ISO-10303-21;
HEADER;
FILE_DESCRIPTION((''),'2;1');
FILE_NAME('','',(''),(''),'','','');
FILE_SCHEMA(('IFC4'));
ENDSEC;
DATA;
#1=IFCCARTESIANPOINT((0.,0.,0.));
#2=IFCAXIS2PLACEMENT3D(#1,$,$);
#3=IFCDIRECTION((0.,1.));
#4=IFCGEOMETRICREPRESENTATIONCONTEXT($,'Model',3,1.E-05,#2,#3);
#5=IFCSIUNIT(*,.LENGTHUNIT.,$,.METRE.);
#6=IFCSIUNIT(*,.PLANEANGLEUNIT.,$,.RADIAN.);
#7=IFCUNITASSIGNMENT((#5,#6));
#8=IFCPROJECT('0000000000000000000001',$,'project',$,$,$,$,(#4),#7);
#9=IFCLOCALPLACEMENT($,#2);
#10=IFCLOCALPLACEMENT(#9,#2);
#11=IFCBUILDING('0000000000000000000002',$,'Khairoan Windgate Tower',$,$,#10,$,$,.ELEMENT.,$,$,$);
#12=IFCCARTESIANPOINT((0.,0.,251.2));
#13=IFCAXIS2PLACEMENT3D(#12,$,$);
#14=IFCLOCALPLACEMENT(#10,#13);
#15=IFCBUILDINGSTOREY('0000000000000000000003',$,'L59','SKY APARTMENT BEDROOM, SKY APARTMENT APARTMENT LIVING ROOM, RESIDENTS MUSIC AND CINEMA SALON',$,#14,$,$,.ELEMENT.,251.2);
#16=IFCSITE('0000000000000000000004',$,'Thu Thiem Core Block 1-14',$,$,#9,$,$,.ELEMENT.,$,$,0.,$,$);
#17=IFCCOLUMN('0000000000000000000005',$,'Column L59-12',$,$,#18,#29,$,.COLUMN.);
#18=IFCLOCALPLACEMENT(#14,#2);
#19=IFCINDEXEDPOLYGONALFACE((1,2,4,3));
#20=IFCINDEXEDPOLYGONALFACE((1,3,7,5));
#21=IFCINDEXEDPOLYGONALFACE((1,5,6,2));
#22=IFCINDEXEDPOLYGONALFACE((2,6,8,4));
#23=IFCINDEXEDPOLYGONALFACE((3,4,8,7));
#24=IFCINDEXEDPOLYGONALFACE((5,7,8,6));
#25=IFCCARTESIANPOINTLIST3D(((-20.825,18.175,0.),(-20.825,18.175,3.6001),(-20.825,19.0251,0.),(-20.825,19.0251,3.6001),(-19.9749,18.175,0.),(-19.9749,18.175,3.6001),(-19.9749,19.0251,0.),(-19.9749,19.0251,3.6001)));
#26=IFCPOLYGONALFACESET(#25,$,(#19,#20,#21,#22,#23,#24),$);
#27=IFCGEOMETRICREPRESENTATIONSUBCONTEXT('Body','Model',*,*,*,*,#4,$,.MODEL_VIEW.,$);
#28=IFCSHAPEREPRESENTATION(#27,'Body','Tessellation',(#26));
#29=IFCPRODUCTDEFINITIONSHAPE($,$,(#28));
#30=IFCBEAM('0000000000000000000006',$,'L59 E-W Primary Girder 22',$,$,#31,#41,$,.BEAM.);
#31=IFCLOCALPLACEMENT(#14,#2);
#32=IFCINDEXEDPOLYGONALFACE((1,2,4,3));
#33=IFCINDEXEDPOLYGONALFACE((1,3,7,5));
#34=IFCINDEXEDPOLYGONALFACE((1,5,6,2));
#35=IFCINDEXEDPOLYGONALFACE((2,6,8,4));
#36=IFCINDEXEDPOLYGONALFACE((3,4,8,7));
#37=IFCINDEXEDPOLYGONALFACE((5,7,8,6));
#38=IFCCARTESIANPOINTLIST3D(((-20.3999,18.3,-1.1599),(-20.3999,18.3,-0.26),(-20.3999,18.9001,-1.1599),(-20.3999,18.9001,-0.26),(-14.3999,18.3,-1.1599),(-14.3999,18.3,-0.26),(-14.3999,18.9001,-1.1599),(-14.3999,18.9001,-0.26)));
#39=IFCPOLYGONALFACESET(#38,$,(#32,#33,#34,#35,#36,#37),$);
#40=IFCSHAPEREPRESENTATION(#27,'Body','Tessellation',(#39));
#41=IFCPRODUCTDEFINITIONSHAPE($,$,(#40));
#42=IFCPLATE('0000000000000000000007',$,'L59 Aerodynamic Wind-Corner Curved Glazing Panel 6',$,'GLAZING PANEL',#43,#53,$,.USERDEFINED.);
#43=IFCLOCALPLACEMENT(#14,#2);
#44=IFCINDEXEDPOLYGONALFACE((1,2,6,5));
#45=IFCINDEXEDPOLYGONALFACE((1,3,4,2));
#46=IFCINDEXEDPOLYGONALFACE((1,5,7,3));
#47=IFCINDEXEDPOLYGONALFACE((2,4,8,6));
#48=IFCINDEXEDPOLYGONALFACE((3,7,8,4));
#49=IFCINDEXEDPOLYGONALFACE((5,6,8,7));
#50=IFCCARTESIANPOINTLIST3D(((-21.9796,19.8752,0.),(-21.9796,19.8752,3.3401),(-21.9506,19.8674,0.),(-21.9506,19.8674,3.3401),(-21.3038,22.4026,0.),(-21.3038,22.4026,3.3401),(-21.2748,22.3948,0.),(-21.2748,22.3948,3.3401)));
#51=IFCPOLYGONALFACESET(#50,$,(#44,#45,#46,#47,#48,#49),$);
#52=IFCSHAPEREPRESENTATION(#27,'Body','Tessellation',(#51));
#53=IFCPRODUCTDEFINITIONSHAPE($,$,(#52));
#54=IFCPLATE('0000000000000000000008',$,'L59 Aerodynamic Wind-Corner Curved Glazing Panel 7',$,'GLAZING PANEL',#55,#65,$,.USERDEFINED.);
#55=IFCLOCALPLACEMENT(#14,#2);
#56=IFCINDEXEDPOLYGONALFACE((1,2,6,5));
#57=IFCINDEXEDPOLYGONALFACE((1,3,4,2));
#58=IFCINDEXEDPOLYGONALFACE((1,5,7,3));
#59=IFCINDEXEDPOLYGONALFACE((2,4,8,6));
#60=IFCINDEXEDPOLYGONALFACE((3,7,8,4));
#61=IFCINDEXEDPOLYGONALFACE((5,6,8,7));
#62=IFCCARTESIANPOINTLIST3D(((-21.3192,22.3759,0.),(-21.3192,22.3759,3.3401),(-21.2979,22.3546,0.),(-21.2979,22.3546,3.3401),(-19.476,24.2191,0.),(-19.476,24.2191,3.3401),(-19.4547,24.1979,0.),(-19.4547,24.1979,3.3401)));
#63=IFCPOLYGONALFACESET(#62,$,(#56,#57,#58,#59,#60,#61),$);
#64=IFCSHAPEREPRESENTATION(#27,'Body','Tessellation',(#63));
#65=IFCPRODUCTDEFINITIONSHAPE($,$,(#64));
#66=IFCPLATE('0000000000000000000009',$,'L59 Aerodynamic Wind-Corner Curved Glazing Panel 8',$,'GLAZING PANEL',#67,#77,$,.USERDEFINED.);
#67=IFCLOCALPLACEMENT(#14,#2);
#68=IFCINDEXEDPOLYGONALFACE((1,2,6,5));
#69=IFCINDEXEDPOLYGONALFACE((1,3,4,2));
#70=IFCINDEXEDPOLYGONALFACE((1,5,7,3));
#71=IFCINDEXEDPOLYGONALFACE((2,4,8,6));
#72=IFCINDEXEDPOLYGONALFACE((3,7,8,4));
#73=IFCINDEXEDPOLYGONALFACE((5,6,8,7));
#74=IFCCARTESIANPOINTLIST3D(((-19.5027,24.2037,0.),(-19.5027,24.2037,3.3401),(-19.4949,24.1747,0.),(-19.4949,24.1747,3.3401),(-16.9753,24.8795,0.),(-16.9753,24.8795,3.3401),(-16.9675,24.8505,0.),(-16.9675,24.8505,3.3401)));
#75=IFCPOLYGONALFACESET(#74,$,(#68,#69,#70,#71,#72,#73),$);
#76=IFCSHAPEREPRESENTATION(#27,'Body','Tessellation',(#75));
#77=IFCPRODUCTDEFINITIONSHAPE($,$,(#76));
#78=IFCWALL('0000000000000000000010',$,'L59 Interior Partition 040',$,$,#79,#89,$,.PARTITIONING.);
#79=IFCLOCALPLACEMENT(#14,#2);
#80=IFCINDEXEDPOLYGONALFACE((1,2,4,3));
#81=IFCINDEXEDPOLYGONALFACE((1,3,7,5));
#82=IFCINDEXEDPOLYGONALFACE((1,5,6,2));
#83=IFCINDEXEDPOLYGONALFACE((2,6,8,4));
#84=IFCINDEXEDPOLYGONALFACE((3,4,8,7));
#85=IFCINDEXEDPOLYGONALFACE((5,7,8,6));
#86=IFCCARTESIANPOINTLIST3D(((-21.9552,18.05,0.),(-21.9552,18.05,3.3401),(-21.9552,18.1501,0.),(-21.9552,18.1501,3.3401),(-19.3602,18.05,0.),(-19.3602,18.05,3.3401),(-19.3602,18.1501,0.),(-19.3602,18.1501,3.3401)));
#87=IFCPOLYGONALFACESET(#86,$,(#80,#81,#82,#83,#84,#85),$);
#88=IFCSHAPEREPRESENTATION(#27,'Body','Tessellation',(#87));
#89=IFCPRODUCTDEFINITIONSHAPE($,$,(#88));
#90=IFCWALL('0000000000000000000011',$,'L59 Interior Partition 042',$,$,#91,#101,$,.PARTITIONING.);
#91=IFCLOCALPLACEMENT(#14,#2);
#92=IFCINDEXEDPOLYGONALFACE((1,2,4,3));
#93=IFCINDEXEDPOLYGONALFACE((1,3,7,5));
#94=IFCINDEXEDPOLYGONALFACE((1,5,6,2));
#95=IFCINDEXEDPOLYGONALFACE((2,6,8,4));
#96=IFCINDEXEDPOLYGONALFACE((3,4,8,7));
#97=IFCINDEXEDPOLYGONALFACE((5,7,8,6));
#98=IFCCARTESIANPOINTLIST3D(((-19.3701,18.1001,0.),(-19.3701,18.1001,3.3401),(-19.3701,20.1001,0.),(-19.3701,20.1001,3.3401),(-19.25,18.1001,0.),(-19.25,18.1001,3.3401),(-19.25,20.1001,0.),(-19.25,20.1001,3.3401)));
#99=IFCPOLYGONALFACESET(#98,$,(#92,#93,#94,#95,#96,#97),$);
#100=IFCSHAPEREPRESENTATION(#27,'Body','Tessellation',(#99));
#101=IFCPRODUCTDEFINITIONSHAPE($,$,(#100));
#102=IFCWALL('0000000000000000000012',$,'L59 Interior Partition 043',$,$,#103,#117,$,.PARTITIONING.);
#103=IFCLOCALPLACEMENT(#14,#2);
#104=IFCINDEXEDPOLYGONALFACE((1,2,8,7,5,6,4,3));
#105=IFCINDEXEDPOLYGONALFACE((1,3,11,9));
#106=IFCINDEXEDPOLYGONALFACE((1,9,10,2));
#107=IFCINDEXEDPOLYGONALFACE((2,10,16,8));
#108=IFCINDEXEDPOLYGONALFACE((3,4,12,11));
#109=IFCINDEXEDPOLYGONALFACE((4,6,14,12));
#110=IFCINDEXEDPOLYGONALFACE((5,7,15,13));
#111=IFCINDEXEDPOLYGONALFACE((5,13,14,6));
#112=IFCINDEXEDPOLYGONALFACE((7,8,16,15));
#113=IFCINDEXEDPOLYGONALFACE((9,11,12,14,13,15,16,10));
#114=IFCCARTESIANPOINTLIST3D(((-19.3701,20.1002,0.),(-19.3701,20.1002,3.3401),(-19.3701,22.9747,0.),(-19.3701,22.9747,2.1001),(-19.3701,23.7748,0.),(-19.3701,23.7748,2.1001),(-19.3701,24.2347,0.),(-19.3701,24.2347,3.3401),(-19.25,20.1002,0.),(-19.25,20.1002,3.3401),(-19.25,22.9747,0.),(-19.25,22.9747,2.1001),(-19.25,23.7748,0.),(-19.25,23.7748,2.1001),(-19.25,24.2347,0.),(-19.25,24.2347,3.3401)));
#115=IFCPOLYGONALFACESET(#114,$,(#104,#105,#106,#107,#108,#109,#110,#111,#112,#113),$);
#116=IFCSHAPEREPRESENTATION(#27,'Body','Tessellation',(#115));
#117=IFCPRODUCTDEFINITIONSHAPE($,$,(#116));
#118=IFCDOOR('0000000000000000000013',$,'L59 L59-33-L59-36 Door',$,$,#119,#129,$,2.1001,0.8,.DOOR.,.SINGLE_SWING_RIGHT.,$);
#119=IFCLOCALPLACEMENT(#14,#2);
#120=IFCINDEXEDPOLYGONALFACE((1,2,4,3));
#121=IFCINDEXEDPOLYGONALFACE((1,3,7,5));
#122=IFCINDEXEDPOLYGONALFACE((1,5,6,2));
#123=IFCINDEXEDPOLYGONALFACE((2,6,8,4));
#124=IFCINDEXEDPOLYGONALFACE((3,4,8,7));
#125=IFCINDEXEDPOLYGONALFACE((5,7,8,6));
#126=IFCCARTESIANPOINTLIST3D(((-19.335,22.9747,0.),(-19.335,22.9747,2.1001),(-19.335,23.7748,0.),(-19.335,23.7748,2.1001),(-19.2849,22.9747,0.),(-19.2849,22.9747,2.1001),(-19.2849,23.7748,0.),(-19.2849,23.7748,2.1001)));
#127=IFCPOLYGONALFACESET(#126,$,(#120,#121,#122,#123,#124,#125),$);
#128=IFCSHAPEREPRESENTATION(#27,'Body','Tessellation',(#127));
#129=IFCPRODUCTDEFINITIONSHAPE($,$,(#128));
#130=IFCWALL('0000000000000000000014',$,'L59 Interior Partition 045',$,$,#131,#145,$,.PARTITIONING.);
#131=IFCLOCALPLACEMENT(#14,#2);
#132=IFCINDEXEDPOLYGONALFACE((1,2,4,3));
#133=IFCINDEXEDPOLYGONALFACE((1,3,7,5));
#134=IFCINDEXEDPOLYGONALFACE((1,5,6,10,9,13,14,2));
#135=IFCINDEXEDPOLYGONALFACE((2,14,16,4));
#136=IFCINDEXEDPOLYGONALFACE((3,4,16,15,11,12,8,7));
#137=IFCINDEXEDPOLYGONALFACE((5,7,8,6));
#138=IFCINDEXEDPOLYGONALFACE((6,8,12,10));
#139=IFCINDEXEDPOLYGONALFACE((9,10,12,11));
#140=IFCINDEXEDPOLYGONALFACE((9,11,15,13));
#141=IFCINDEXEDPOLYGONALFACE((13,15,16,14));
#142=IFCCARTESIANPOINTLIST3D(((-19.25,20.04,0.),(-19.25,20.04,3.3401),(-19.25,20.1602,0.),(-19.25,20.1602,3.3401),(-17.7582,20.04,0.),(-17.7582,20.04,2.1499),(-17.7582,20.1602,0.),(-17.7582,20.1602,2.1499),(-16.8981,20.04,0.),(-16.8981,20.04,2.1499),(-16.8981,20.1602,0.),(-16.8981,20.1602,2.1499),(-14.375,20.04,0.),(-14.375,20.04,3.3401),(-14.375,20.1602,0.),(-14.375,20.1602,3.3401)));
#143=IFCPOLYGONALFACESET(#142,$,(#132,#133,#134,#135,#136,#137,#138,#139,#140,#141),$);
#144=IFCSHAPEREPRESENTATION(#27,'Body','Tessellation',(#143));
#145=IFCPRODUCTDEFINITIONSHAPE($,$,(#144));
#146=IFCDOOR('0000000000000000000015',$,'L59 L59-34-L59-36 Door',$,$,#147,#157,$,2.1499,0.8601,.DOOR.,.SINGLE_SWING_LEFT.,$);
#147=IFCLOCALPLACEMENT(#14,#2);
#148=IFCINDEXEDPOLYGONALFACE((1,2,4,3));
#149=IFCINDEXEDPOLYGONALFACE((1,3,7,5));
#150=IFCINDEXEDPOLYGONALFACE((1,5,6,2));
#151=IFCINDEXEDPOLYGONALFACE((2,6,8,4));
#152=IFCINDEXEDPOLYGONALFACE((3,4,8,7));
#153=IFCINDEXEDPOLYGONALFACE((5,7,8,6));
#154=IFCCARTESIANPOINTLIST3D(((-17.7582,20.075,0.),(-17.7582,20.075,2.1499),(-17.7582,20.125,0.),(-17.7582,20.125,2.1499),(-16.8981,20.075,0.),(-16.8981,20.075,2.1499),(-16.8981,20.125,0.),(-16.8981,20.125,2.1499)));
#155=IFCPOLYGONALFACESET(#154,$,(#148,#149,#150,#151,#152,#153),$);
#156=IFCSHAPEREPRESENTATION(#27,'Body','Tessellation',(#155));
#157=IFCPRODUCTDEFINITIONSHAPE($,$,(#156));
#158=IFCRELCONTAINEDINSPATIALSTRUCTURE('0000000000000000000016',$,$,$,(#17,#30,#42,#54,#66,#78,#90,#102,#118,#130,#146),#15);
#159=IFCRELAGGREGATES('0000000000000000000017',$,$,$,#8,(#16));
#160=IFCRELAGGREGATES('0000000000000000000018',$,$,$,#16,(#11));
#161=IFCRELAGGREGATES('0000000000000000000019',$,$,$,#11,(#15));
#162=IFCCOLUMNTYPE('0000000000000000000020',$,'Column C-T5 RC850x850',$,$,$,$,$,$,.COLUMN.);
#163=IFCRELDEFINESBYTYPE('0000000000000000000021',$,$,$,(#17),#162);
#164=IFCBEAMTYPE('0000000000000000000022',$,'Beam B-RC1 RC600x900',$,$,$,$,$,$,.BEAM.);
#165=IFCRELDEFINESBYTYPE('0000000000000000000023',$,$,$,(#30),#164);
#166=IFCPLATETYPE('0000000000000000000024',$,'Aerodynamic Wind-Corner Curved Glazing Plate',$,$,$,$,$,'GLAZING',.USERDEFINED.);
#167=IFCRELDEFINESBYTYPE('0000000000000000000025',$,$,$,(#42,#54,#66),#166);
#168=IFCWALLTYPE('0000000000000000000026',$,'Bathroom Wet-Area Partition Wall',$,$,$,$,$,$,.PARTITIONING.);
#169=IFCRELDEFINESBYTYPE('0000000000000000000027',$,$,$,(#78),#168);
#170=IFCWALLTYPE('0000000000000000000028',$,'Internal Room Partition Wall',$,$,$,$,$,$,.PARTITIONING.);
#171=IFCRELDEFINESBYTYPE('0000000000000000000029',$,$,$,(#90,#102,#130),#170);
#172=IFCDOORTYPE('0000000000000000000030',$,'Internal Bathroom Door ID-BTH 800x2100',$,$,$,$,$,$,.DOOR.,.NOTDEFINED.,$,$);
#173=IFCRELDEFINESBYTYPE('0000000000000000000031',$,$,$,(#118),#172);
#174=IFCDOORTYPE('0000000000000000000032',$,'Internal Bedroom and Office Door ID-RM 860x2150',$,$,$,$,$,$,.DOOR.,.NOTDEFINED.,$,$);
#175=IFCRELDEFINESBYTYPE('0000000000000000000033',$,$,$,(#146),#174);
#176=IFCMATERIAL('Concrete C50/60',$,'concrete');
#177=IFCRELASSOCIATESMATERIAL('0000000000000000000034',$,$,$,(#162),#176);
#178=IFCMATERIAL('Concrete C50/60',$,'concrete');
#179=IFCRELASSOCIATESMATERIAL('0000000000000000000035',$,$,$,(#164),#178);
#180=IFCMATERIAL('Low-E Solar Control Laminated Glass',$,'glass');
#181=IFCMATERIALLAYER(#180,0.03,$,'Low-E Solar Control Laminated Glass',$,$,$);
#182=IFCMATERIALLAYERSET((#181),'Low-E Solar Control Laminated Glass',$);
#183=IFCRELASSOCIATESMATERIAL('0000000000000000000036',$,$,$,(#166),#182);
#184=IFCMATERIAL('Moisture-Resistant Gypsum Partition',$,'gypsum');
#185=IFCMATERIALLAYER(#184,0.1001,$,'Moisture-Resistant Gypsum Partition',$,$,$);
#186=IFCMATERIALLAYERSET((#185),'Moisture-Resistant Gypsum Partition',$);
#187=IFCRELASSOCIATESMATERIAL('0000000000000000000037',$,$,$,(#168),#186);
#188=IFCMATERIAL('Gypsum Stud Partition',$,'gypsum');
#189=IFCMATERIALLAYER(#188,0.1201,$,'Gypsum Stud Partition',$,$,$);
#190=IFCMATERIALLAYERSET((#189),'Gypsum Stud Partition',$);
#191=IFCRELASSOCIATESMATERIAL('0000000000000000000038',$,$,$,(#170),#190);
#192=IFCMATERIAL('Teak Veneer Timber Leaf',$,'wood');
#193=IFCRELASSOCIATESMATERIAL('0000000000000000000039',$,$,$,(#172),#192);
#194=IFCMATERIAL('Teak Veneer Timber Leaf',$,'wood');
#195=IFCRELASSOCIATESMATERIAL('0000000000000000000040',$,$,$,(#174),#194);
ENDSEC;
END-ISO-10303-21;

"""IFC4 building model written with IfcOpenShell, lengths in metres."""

from ifc_helpers import new_model, si_unit, direction, frame, frame_2d, origin, origin_2d, place, context, subcontext, project, spatial, rectangle, extrude, material, layer, layer_set, material_profile, profile_set, type_object, element, fill, save


model = new_model("IFC4")

# Units and contexts
model_context = context("Model", 3, precision=1e-05, world=origin(), true_north=direction((0.0, 1.0)))
body_context = subcontext(model_context, "Body", "Model", "MODEL_VIEW")
ifc_project = project(units=[si_unit("LENGTHUNIT", "METRE"), si_unit("PLANEANGLEUNIT", "RADIAN")], contexts=[model_context])

# Site, building, storey
site_placement = place(None, origin())
site = spatial("IfcSite", under=ifc_project, at=site_placement, Name="Thu Thiem Core Block 1-14", CompositionType="ELEMENT", RefElevation=0.0)
building_placement = place(site_placement, origin())
building = spatial("IfcBuilding", under=site, at=building_placement, Name="Khairoan Windgate Tower", CompositionType="ELEMENT")
storey_placement = place(building_placement, frame((0.0, 0.0, 251.2)))
storey = spatial("IfcBuildingStorey", under=building, at=storey_placement, Name="L59", Description="SKY APARTMENT BEDROOM, SKY APARTMENT APARTMENT LIVING ROOM, RESIDENTS MUSIC AND CINEMA SALON", CompositionType="ELEMENT", Elevation=251.2)

# Column
ifc_material_1 = material(Name="Concrete C50/60", Category="concrete")
ifc_material_profile_1 = material_profile(ifc_material_1, rectangle(XDim=0.8501, YDim=0.8501, at=origin_2d()))
ifc_profile_set_1 = profile_set([ifc_material_profile_1], Name="Concrete C50/60")
column_type = type_object("IfcColumnType", Name="Column C-T5 RC850x850", PredefinedType="COLUMN", material=ifc_profile_set_1)
column_placement = place(storey_placement, frame((-20.3999, 18.6001, 0.0), z_axis=(0.0, 0.0, 1.0), x_axis=(1.0, 0.0, 0.0)))
element("IfcColumn", 1, at=column_placement, inside=storey, type_object=column_type, Name="Column L59-12", PredefinedType="COLUMN", context=body_context, shape_type="SweptSolid", body=[
    extrude(rectangle(XDim=0.8501, YDim=0.8501, at=origin_2d()), origin(), (0.0, 0.0, 1.0), 3.6001),
])

# Beam
ifc_material_2 = material(Name="Concrete C50/60", Category="concrete")
ifc_material_profile_2 = material_profile(ifc_material_2, rectangle(XDim=0.6001, YDim=0.8999, at=origin_2d()))
ifc_profile_set_2 = profile_set([ifc_material_profile_2], Name="Concrete C50/60")
beam_type = type_object("IfcBeamType", Name="Beam B-RC1 RC600x900", PredefinedType="BEAM", material=ifc_profile_set_2)
beam_placement = place(storey_placement, frame((-20.3999, 18.6001, -0.71), z_axis=(1.0, 0.0, 0.0), x_axis=(0.0, 1.0, 0.0)))
element("IfcBeam", 2, at=beam_placement, inside=storey, type_object=beam_type, Name="L59 E-W Primary Girder 22", PredefinedType="BEAM", context=body_context, shape_type="SweptSolid", body=[
    extrude(rectangle(XDim=0.6001, YDim=0.8999, at=origin_2d()), origin(), (0.0, 0.0, 1.0), 6.0),
])

# Plates
ifc_material_3 = material(Name="Low-E Solar Control Laminated Glass", Category="glass")
ifc_layer_1 = layer(ifc_material_3, 0.03, Name="Low-E Solar Control Laminated Glass")
ifc_layer_set_1 = layer_set([ifc_layer_1], Name="Low-E Solar Control Laminated Glass")
plate_type_1 = type_object("IfcPlateType", Name="Aerodynamic Wind-Corner Curved Glazing Plate", ElementType="GLAZING", PredefinedType="USERDEFINED", material=ifc_layer_set_1)
plate_1_placement = place(storey_placement, frame((-21.6272, 21.135, 0.0), z_axis=(0.0, 0.0, 1.0), x_axis=(0.258313, 0.966061, 0.0)))
element("IfcPlate", 3, at=plate_1_placement, inside=storey, type_object=plate_type_1, Name="L59 Aerodynamic Wind-Corner Curved Glazing Panel 6", ObjectType="GLAZING PANEL", PredefinedType="USERDEFINED", context=body_context, shape_type="SweptSolid", body=[
    extrude(rectangle(XDim=2.6162, YDim=0.03, at=origin_2d()), origin(), (0.0, 0.0, 1.0), 3.3401),
])
plate_2_placement = place(storey_placement, frame((-20.387, 23.2869, 0.0), z_axis=(0.0, 0.0, 1.0), x_axis=(0.707107, 0.707107, 0.0)))
element("IfcPlate", 4, at=plate_2_placement, inside=storey, type_object=plate_type_1, Name="L59 Aerodynamic Wind-Corner Curved Glazing Panel 7", ObjectType="GLAZING PANEL", PredefinedType="USERDEFINED", context=body_context, shape_type="SweptSolid", body=[
    extrude(rectangle(XDim=2.6067, YDim=0.03, at=origin_2d()), origin(), (0.0, 0.0, 1.0), 3.3401),
])
plate_3_placement = place(storey_placement, frame((-18.2351, 24.5271, 0.0), z_axis=(0.0, 0.0, 1.0), x_axis=(0.966061, 0.258313, 0.0)))
element("IfcPlate", 5, at=plate_3_placement, inside=storey, type_object=plate_type_1, Name="L59 Aerodynamic Wind-Corner Curved Glazing Panel 8", ObjectType="GLAZING PANEL", PredefinedType="USERDEFINED", context=body_context, shape_type="SweptSolid", body=[
    extrude(rectangle(XDim=2.6162, YDim=0.03, at=origin_2d()), origin(), (0.0, 0.0, 1.0), 3.3401),
])

# Walls
ifc_material_4 = material(Name="Moisture-Resistant Gypsum Partition", Category="gypsum")
ifc_layer_2 = layer(ifc_material_4, 0.1001, Name="Moisture-Resistant Gypsum Partition")
ifc_layer_set_2 = layer_set([ifc_layer_2], Name="Moisture-Resistant Gypsum Partition")
wall_type_1 = type_object("IfcWallType", Name="Bathroom Wet-Area Partition Wall", PredefinedType="PARTITIONING", material=ifc_layer_set_2)
wall_1_placement = place(storey_placement, frame((-21.9551, 18.1001, 0.0), z_axis=(0.0, 0.0, 1.0), x_axis=(1.0, 0.0, 0.0)))
element("IfcWall", 6, at=wall_1_placement, inside=storey, type_object=wall_type_1, Name="L59 Interior Partition 040", PredefinedType="PARTITIONING", context=body_context, shape_type="SweptSolid", body=[
    extrude(rectangle(XDim=2.595, YDim=0.1001, at=frame_2d((1.2974, 0.0))), origin(), (0.0, 0.0, 1.0), 3.3401),
])
ifc_material_5 = material(Name="Gypsum Stud Partition", Category="gypsum")
ifc_layer_3 = layer(ifc_material_5, 0.1201, Name="Gypsum Stud Partition")
ifc_layer_set_3 = layer_set([ifc_layer_3], Name="Gypsum Stud Partition")
wall_type_2 = type_object("IfcWallType", Name="Internal Room Partition Wall", PredefinedType="PARTITIONING", material=ifc_layer_set_3)
wall_2_placement = place(storey_placement, frame((-19.3101, 18.1001, 0.0), z_axis=(0.0, 0.0, 1.0), x_axis=(0.0, 1.0, 0.0)))
element("IfcWall", 7, at=wall_2_placement, inside=storey, type_object=wall_type_2, Name="L59 Interior Partition 042", PredefinedType="PARTITIONING", context=body_context, shape_type="SweptSolid", body=[
    extrude(rectangle(XDim=2.0, YDim=0.1201, at=frame_2d((1.0, 0.0))), origin(), (0.0, 0.0, 1.0), 3.3401),
])

# Walls, openings, doors
wall_3_placement = place(storey_placement, frame((-19.3101, 20.1001, 0.0), z_axis=(0.0, 0.0, 1.0), x_axis=(0.0, 1.0, 0.0)))
wall_3 = element("IfcWall", 8, at=wall_3_placement, inside=storey, type_object=wall_type_2, Name="L59 Interior Partition 043", PredefinedType="PARTITIONING", context=body_context, shape_type="SweptSolid", body=[
    extrude(rectangle(XDim=4.1345, YDim=0.1201, at=frame_2d((2.0674, 0.0))), origin(), (0.0, 0.0, 1.0), 3.3401),
])
opening_1_placement = place(wall_3_placement, frame((2.8748, 0.0, 0.0)))
opening_1 = element("IfcOpeningElement", 9, at=opening_1_placement, cuts=wall_3, PredefinedType="OPENING", context=body_context, shape_type="SweptSolid", body=[
    extrude(rectangle(XDim=0.8, YDim=2.1001, at=frame_2d((0.3999, 1.05))), frame((0.0, 0.0701, 0.0), z_axis=(0.0, -1.0, 0.0), x_axis=(1.0, 0.0, 0.0)), (0.0, 0.0, 1.0), 0.1401),
])
ifc_material_6 = material(Name="Teak Veneer Timber Leaf", Category="wood")
door_type_1 = type_object("IfcDoorType", Name="Internal Bathroom Door ID-BTH 800x2100", OperationType="NOTDEFINED", PredefinedType="DOOR", material=ifc_material_6)
door_1_placement = place(opening_1_placement, origin())
door_1 = element("IfcDoor", 10, at=door_1_placement, inside=storey, type_object=door_type_1, Name="L59 L59-33-L59-36 Door", OperationType="SINGLE_SWING_RIGHT", OverallHeight=2.1001, OverallWidth=0.8, PredefinedType="DOOR", context=body_context, shape_type="SweptSolid", body=[
    extrude(rectangle(XDim=0.8, YDim=2.1001, at=frame_2d((0.3999, 1.05))), frame((0.0, 0.0249, 0.0), z_axis=(0.0, -1.0, 0.0), x_axis=(1.0, 0.0, 0.0)), (0.0, 0.0, 1.0), 0.05),
])
fill(opening_1, door_1)
wall_4_placement = place(storey_placement, frame((-19.25, 20.1001, 0.0), z_axis=(0.0, 0.0, 1.0), x_axis=(1.0, 0.0, 0.0)))
wall_4 = element("IfcWall", 11, at=wall_4_placement, inside=storey, type_object=wall_type_2, Name="L59 Interior Partition 045", PredefinedType="PARTITIONING", context=body_context, shape_type="SweptSolid", body=[
    extrude(rectangle(XDim=4.875, YDim=0.1201, at=frame_2d((2.4375, 0.0))), origin(), (0.0, 0.0, 1.0), 3.3401),
])
opening_2_placement = place(wall_4_placement, frame((1.4917, 0.0, 0.0)))
opening_2 = element("IfcOpeningElement", 12, at=opening_2_placement, cuts=wall_4, PredefinedType="OPENING", context=body_context, shape_type="SweptSolid", body=[
    extrude(rectangle(XDim=0.8601, YDim=2.1499, at=frame_2d((0.4302, 1.075))), frame((0.0, 0.0701, 0.0), z_axis=(0.0, -1.0, 0.0), x_axis=(1.0, 0.0, 0.0)), (0.0, 0.0, 1.0), 0.1401),
])
ifc_material_7 = material(Name="Teak Veneer Timber Leaf", Category="wood")
door_type_2 = type_object("IfcDoorType", Name="Internal Bedroom and Office Door ID-RM 860x2150", OperationType="NOTDEFINED", PredefinedType="DOOR", material=ifc_material_7)
door_2_placement = place(opening_2_placement, origin())
door_2 = element("IfcDoor", 13, at=door_2_placement, inside=storey, type_object=door_type_2, Name="L59 L59-34-L59-36 Door", OperationType="SINGLE_SWING_LEFT", OverallHeight=2.1499, OverallWidth=0.8601, PredefinedType="DOOR", context=body_context, shape_type="SweptSolid", body=[
    extrude(rectangle(XDim=0.8601, YDim=2.1499, at=frame_2d((0.4302, 1.075))), frame((0.0, 0.0249, 0.0), z_axis=(0.0, -1.0, 0.0), x_axis=(1.0, 0.0, 0.0)), (0.0, 0.0, 1.0), 0.05),
])
fill(opening_2, door_2)

save(model, "model.ifc")
